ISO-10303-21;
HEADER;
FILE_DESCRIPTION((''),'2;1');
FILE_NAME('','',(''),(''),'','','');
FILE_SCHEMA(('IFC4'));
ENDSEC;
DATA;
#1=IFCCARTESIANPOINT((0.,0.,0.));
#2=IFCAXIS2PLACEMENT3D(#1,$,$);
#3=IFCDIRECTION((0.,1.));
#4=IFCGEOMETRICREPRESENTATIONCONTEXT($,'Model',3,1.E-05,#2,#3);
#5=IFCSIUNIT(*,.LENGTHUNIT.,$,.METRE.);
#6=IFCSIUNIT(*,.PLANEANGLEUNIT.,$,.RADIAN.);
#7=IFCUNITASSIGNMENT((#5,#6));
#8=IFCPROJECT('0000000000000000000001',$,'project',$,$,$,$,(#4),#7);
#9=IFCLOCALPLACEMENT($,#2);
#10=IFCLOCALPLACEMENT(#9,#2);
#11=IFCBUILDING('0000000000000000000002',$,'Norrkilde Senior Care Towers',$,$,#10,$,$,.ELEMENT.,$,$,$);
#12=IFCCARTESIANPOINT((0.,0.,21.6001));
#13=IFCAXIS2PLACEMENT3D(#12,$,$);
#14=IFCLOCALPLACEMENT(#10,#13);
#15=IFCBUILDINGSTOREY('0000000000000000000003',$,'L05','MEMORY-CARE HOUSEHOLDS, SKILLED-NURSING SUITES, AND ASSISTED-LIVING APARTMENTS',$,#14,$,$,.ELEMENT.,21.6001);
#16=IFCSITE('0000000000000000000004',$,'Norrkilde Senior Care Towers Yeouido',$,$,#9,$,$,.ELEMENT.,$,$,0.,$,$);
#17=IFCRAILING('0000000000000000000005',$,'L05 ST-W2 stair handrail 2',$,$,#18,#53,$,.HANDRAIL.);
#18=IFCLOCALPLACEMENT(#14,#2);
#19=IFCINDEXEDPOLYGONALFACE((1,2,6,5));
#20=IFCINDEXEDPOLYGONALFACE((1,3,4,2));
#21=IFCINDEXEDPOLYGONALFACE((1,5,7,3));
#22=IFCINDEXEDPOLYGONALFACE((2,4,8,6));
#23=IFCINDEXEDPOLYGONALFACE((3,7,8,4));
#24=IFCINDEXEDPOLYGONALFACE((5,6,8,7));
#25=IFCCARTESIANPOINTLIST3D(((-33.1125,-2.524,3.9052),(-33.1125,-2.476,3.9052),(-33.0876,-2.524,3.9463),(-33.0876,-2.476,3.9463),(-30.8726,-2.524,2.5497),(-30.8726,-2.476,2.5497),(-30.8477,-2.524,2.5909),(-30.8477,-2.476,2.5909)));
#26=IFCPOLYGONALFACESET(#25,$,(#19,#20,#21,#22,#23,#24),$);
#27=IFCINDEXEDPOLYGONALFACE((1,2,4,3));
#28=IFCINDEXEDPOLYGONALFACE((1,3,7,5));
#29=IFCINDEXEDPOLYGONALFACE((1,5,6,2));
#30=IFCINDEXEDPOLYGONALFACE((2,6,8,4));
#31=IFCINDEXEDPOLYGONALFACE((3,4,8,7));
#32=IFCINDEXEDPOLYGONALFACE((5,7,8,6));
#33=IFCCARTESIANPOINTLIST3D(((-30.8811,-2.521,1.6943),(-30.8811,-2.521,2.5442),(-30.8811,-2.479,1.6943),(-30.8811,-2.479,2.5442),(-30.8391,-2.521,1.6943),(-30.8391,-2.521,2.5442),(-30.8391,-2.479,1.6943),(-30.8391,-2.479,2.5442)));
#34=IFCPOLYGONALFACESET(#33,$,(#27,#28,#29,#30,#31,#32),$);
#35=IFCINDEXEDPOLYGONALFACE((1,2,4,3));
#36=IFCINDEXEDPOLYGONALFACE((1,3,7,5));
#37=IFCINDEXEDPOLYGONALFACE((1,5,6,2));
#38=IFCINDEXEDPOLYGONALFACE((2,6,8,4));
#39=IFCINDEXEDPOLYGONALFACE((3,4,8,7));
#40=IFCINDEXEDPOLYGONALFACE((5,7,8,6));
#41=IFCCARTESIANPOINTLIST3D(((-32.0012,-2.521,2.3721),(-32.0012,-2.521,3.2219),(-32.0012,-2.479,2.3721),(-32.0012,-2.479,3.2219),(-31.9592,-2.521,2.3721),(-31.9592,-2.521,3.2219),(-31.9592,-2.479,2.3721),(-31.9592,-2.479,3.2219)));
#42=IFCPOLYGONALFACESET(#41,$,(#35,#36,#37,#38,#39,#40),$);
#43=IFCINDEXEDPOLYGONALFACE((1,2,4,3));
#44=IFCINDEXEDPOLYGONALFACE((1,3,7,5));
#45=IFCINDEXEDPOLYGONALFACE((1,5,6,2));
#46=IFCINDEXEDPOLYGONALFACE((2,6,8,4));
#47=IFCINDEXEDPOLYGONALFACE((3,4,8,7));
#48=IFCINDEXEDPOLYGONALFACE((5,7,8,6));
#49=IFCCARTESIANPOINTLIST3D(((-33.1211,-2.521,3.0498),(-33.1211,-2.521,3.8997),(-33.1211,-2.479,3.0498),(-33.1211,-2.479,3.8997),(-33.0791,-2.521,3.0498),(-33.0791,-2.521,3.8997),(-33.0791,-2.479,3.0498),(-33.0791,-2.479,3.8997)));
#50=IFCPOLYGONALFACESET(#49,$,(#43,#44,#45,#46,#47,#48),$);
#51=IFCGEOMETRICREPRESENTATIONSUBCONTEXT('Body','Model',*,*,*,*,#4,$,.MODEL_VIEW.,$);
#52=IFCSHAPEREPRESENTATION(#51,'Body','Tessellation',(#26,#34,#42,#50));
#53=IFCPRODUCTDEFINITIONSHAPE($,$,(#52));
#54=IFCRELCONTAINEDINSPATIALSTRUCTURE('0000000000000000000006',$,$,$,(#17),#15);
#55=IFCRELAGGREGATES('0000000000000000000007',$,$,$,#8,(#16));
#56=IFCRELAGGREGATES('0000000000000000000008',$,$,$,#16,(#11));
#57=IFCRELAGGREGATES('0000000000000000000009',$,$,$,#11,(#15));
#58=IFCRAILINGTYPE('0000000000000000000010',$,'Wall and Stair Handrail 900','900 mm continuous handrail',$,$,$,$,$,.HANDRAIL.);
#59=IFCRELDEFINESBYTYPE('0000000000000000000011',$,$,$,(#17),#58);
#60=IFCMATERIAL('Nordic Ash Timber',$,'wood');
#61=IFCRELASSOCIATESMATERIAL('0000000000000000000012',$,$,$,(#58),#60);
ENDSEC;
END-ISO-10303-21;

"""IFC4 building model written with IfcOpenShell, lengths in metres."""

from ifc_helpers import new_model, si_unit, direction, frame, origin, origin_2d, place, context, subcontext, project, spatial, rectangle, extrude, material, type_object, element, save


model = new_model("IFC4")

# Units and contexts
model_context = context("Model", 3, precision=1e-05, world=origin(), true_north=direction((0.0, 1.0)))
body_context = subcontext(model_context, "Body", "Model", "MODEL_VIEW")
ifc_project = project(units=[si_unit("LENGTHUNIT", "METRE"), si_unit("PLANEANGLEUNIT", "RADIAN")], contexts=[model_context])

# Site, building, storey
site_placement = place(None, origin())
site = spatial("IfcSite", under=ifc_project, at=site_placement, Name="Norrkilde Senior Care Towers Yeouido", CompositionType="ELEMENT", RefElevation=0.0)
building_placement = place(site_placement, origin())
building = spatial("IfcBuilding", under=site, at=building_placement, Name="Norrkilde Senior Care Towers", CompositionType="ELEMENT")
storey_placement = place(building_placement, frame((0.0, 0.0, 21.6001)))
storey = spatial("IfcBuildingStorey", under=building, at=storey_placement, Name="L05", Description="MEMORY-CARE HOUSEHOLDS, SKILLED-NURSING SUITES, AND ASSISTED-LIVING APARTMENTS", CompositionType="ELEMENT", Elevation=21.6001)

# Railing
ifc_material_1 = material(Name="Nordic Ash Timber", Category="wood")
railing_type_1 = type_object("IfcRailingType", Name="Wall and Stair Handrail 900", Description="900 mm continuous handrail", PredefinedType="HANDRAIL", material=ifc_material_1)
railing_1_placement = place(storey_placement, frame((-30.8601, -2.5, 1.6943)))
element("IfcRailing", 1, at=railing_1_placement, inside=storey, type_object=railing_type_1, Name="L05 ST-W2 stair handrail 2", PredefinedType="HANDRAIL", context=body_context, shape_type="SweptSolid", body=[
    extrude(rectangle(XDim=0.0481, YDim=0.0481, at=origin_2d()), frame((0.0, 0.0, 0.876), z_axis=(-0.855553, 0.0, 0.517715), x_axis=(0.0, -1.0, 0.0)), (0.0, 0.0, 1.0), 2.6182),
    extrude(rectangle(XDim=0.042, YDim=0.042, at=origin_2d()), origin(), (0.0, 0.0, 1.0), 0.8499),
    extrude(rectangle(XDim=0.042, YDim=0.042, at=origin_2d()), frame((-1.1201, 0.0, 0.6777)), (0.0, 0.0, 1.0), 0.8499),
    extrude(rectangle(XDim=0.042, YDim=0.042, at=origin_2d()), frame((-2.24, 0.0, 1.3555)), (0.0, 0.0, 1.0), 0.8499),
])

save(model, "model.ifc")
